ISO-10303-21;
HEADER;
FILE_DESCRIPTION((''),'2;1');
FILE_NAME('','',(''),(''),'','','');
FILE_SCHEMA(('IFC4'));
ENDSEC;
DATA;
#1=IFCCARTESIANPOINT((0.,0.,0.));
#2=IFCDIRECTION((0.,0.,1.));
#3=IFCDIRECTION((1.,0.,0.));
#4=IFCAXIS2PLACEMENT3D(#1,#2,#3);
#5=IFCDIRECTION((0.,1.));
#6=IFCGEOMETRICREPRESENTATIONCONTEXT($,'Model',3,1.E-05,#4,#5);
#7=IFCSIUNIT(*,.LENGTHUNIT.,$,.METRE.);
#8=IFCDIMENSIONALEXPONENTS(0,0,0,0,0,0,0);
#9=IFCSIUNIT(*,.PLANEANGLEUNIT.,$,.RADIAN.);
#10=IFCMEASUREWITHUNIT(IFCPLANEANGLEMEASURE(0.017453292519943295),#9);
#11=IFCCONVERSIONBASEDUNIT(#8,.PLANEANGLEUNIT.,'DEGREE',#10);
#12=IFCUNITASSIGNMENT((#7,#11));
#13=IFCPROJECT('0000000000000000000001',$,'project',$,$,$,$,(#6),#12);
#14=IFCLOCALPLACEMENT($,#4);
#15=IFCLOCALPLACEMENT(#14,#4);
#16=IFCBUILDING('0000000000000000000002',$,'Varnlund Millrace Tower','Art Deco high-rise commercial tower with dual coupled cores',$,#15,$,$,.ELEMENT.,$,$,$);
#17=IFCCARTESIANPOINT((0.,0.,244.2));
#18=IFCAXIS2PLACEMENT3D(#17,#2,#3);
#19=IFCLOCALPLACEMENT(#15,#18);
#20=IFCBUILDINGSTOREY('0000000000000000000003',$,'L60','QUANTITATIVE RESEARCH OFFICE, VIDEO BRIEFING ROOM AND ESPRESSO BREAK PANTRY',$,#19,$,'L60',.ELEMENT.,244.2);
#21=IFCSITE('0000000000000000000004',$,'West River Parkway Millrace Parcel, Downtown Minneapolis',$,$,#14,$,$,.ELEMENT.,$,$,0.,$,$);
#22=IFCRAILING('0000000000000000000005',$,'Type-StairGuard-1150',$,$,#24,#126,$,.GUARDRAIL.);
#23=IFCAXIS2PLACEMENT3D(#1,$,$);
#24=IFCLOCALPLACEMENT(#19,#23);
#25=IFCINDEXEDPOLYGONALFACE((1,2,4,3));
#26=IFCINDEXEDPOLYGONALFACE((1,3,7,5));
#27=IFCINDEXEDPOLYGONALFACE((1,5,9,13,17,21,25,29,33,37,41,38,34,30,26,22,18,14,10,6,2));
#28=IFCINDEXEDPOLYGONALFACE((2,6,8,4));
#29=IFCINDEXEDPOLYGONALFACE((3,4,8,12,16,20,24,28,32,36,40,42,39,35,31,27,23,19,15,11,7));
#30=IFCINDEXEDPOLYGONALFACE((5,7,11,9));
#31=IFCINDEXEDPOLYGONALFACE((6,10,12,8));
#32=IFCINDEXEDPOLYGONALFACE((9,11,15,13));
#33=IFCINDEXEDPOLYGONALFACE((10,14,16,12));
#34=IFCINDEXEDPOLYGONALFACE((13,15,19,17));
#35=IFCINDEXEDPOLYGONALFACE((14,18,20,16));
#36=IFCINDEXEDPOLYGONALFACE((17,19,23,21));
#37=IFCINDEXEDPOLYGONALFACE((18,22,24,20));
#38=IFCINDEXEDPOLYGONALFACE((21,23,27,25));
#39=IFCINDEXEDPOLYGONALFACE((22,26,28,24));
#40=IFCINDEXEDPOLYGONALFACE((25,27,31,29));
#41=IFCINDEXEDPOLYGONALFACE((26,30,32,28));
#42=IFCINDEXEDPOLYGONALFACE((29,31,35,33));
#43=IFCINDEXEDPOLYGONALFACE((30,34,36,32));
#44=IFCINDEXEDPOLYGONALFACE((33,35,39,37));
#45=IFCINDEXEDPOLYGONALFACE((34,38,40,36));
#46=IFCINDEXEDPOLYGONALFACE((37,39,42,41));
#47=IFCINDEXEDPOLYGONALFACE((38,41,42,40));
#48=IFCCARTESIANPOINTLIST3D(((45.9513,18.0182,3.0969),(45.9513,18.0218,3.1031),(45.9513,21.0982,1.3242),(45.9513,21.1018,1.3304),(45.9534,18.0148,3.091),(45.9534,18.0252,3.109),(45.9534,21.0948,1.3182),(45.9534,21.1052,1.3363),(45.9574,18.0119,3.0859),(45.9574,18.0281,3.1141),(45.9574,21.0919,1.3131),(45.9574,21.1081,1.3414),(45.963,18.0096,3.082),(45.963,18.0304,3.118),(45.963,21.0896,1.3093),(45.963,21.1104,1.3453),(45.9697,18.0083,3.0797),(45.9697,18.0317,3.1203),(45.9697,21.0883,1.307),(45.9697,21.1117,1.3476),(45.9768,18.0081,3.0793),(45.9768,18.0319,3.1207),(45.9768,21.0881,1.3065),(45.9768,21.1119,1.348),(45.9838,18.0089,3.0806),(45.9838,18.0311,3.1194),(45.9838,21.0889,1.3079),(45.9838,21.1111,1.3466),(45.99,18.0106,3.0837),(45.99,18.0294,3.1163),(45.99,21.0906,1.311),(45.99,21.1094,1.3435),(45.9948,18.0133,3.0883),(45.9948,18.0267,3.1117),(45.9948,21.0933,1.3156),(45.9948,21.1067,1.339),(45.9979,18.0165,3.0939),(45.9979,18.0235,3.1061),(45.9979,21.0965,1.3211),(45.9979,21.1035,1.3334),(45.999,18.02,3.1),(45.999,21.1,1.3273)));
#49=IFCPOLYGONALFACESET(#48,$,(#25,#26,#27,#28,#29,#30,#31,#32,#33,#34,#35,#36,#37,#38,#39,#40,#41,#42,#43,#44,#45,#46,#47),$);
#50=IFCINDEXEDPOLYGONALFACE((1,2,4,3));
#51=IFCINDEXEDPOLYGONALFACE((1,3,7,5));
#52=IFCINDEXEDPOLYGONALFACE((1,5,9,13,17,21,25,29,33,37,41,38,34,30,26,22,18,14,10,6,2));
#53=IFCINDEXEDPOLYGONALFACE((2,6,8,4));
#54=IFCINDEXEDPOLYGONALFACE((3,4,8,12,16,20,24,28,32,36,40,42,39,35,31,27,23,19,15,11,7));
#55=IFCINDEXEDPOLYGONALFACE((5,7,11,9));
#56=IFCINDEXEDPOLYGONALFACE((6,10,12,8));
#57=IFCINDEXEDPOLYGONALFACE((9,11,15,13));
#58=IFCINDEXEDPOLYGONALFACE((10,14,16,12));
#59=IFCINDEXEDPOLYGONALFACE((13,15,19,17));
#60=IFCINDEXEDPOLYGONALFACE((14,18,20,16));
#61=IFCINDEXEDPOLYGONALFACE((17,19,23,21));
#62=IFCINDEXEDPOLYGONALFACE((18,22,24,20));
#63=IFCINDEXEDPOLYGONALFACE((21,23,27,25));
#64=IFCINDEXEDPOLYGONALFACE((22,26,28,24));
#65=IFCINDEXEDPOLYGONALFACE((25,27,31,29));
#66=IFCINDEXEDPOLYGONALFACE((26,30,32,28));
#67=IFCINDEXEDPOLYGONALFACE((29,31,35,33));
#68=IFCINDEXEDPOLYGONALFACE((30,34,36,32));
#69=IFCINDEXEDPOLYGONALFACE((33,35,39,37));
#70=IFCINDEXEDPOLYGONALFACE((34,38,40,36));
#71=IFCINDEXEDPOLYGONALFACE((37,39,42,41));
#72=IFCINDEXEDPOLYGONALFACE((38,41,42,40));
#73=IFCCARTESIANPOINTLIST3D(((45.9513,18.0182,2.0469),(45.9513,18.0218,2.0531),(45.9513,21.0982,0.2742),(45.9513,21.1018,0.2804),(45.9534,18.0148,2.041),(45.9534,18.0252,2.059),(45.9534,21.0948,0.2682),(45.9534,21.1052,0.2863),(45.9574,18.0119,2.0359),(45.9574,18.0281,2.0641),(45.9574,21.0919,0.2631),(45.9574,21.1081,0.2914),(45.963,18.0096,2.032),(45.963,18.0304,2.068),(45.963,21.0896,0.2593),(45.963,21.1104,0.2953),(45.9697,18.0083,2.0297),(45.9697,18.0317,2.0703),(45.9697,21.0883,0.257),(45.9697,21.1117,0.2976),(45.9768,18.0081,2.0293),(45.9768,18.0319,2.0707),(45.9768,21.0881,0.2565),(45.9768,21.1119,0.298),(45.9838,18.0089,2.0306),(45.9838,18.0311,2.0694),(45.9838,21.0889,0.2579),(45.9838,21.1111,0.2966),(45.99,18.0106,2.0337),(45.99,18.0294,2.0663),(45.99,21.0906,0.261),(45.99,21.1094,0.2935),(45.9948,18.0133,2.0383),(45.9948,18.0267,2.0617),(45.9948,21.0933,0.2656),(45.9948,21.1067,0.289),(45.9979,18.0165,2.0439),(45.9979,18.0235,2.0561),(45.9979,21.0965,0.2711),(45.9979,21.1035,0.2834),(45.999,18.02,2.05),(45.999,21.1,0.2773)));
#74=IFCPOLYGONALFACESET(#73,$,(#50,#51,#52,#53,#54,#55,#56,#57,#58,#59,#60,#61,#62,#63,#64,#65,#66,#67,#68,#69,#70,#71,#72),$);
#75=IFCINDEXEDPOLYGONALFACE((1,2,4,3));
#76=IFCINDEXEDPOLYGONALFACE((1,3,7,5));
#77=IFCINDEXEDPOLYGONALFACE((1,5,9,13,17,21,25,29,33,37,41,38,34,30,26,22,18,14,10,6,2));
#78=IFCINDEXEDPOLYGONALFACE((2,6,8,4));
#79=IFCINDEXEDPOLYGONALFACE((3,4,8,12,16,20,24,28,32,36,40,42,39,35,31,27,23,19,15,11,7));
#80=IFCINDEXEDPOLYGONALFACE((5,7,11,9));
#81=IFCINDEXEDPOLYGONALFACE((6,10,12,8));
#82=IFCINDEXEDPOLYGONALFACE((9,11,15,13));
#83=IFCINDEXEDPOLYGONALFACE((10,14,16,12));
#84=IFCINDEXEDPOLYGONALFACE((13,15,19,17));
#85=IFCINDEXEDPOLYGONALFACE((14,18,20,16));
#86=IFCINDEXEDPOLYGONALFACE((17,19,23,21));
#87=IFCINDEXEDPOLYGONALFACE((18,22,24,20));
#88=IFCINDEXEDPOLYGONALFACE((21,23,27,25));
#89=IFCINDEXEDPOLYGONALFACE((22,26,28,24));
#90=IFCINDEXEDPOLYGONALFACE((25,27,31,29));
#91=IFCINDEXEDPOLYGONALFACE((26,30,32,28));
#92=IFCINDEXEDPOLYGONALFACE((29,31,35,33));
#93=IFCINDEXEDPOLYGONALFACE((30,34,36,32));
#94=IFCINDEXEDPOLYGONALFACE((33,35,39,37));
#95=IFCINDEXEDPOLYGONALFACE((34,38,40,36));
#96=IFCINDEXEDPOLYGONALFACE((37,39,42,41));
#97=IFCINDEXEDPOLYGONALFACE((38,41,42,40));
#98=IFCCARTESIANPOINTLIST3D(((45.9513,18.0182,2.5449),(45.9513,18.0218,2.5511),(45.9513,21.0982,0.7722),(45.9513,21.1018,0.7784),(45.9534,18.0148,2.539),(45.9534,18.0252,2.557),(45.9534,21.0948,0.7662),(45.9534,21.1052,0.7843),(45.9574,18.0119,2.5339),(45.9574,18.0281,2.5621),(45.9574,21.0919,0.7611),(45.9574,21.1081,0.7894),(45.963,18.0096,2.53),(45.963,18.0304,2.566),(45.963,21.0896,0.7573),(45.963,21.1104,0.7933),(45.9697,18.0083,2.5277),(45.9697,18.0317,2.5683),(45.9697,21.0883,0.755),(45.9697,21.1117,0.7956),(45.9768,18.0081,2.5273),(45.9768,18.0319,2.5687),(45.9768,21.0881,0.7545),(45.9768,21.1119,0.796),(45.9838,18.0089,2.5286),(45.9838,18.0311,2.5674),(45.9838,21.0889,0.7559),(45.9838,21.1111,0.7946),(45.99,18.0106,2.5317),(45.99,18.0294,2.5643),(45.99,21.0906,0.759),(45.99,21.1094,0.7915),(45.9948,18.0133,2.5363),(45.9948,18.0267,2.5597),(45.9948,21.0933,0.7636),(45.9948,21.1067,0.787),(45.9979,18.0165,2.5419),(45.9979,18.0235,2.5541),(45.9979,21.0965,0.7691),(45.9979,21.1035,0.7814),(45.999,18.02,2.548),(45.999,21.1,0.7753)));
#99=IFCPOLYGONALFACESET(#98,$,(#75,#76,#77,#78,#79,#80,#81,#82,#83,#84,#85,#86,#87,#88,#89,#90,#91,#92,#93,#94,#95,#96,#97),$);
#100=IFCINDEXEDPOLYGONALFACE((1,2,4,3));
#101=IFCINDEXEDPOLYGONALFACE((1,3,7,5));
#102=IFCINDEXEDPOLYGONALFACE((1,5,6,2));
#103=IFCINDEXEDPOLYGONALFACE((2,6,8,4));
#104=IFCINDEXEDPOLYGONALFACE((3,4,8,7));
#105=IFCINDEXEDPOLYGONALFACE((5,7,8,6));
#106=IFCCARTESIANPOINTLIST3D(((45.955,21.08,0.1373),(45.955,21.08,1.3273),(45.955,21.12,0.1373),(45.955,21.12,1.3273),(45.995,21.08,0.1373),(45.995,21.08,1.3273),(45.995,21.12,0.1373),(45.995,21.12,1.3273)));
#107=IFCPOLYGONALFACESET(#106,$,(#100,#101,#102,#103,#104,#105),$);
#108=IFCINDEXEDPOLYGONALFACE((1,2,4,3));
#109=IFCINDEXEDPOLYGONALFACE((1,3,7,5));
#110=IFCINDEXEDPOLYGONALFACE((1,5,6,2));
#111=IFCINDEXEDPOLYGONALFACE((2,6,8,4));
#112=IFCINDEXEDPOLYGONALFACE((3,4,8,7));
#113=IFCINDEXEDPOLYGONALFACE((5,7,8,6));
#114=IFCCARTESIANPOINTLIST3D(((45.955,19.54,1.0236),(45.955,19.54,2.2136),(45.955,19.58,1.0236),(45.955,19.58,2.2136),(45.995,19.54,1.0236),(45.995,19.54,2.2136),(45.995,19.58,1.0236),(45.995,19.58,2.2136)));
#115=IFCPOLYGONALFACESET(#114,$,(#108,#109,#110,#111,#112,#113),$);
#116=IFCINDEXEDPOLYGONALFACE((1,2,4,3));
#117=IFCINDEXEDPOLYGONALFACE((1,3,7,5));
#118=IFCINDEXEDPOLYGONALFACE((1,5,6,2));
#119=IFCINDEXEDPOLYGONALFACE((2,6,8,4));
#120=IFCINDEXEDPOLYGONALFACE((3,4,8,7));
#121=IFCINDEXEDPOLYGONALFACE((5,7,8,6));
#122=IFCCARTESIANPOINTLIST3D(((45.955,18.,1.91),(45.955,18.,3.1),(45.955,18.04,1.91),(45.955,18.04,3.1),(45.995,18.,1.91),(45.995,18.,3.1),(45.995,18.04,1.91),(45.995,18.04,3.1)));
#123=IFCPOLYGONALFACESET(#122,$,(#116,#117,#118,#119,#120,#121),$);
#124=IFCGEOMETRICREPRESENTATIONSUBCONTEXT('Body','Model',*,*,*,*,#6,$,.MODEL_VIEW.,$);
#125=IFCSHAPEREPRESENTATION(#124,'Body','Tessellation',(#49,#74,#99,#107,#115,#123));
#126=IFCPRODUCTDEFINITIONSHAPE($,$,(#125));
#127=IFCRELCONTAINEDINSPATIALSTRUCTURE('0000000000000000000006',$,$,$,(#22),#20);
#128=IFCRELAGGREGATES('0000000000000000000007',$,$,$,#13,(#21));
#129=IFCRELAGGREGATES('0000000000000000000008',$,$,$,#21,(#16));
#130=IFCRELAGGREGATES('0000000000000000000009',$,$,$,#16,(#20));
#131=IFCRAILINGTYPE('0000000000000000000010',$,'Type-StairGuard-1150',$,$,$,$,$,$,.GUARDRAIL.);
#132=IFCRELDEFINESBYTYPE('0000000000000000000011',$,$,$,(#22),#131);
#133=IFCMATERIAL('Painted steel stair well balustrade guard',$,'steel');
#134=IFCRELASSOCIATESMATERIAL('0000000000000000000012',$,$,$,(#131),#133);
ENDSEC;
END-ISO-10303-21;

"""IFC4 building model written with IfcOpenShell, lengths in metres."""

from ifc_helpers import new_model, entity, si_unit, converted_unit, direction, frame, origin_with_axes, origin_2d_with_axis, place, context, subcontext, project, spatial, rectangle, circle, extrude, material, type_object, element, save


model = new_model("IFC4")

# Units and contexts
model_context = context("Model", 3, precision=1e-05, world=origin_with_axes(), true_north=direction((0.0, 1.0)))
body_context = subcontext(model_context, "Body", "Model", "MODEL_VIEW")
ifc_project = project(units=[si_unit("LENGTHUNIT", "METRE"), converted_unit("PLANEANGLEUNIT", "DEGREE", entity("IfcPlaneAngleMeasure", 0.017453292519943295), si_unit("PLANEANGLEUNIT", "RADIAN"), dimensions=[0, 0, 0, 0, 0, 0, 0])], contexts=[model_context])

# Site, building, storey
site_placement = place(None, origin_with_axes())
site = spatial("IfcSite", under=ifc_project, at=site_placement, Name="West River Parkway Millrace Parcel, Downtown Minneapolis", CompositionType="ELEMENT", RefElevation=0.0)
building_placement = place(site_placement, origin_with_axes())
building = spatial("IfcBuilding", under=site, at=building_placement, Name="Varnlund Millrace Tower", Description="Art Deco high-rise commercial tower with dual coupled cores", CompositionType="ELEMENT")
storey_placement = place(building_placement, frame((0.0, 0.0, 244.2), z_axis=(0.0, 0.0, 1.0), x_axis=(1.0, 0.0, 0.0)))
storey = spatial("IfcBuildingStorey", under=building, at=storey_placement, Name="L60", Description="QUANTITATIVE RESEARCH OFFICE, VIDEO BRIEFING ROOM AND ESPRESSO BREAK PANTRY", LongName="L60", CompositionType="ELEMENT", Elevation=244.2)

# Railing
ifc_material_1 = material(Name="Painted steel stair well balustrade guard", Category="steel")
railing_type_1 = type_object("IfcRailingType", Name="Type-StairGuard-1150", PredefinedType="GUARDRAIL", material=ifc_material_1)
railing_1_placement = place(storey_placement, frame((0.0, 0.0, -244.2), z_axis=(0.0, 0.0, 1.0), x_axis=(1.0, 0.0, 0.0)))
element("IfcRailing", 1, at=railing_1_placement, inside=storey, type_object=railing_type_1, Name="Type-StairGuard-1150", PredefinedType="GUARDRAIL", context=body_context, shape_type="SweptSolid", body=[
    extrude(circle(Radius=0.024, at=origin_2d_with_axis()), frame((45.975, 21.1, 245.5273), z_axis=(0.0, -0.866696, 0.498836), x_axis=(1.0, 0.0, 0.0)), (0.0, 0.0, 1.0), 3.5537),
    extrude(circle(Radius=0.024, at=origin_2d_with_axis()), frame((45.975, 21.1, 244.4773), z_axis=(0.0, -0.866696, 0.498836), x_axis=(1.0, 0.0, 0.0)), (0.0, 0.0, 1.0), 3.5537),
    extrude(circle(Radius=0.024, at=origin_2d_with_axis()), frame((45.975, 21.1, 244.9753), z_axis=(0.0, -0.866696, 0.498836), x_axis=(1.0, 0.0, 0.0)), (0.0, 0.0, 1.0), 3.5537),
    extrude(rectangle(XDim=0.04, YDim=0.04, at=origin_2d_with_axis()), frame((45.975, 21.1, 244.3373), z_axis=(0.0, 0.0, 1.0), x_axis=(1.0, 0.0, 0.0)), (0.0, 0.0, 1.0), 1.19),
    extrude(rectangle(XDim=0.04, YDim=0.04, at=origin_2d_with_axis()), frame((45.975, 19.56, 245.2236), z_axis=(0.0, 0.0, 1.0), x_axis=(1.0, 0.0, 0.0)), (0.0, 0.0, 1.0), 1.19),
    extrude(rectangle(XDim=0.04, YDim=0.04, at=origin_2d_with_axis()), frame((45.975, 18.02, 246.11), z_axis=(0.0, 0.0, 1.0), x_axis=(1.0, 0.0, 0.0)), (0.0, 0.0, 1.0), 1.19),
])

save(model, "model.ifc")
